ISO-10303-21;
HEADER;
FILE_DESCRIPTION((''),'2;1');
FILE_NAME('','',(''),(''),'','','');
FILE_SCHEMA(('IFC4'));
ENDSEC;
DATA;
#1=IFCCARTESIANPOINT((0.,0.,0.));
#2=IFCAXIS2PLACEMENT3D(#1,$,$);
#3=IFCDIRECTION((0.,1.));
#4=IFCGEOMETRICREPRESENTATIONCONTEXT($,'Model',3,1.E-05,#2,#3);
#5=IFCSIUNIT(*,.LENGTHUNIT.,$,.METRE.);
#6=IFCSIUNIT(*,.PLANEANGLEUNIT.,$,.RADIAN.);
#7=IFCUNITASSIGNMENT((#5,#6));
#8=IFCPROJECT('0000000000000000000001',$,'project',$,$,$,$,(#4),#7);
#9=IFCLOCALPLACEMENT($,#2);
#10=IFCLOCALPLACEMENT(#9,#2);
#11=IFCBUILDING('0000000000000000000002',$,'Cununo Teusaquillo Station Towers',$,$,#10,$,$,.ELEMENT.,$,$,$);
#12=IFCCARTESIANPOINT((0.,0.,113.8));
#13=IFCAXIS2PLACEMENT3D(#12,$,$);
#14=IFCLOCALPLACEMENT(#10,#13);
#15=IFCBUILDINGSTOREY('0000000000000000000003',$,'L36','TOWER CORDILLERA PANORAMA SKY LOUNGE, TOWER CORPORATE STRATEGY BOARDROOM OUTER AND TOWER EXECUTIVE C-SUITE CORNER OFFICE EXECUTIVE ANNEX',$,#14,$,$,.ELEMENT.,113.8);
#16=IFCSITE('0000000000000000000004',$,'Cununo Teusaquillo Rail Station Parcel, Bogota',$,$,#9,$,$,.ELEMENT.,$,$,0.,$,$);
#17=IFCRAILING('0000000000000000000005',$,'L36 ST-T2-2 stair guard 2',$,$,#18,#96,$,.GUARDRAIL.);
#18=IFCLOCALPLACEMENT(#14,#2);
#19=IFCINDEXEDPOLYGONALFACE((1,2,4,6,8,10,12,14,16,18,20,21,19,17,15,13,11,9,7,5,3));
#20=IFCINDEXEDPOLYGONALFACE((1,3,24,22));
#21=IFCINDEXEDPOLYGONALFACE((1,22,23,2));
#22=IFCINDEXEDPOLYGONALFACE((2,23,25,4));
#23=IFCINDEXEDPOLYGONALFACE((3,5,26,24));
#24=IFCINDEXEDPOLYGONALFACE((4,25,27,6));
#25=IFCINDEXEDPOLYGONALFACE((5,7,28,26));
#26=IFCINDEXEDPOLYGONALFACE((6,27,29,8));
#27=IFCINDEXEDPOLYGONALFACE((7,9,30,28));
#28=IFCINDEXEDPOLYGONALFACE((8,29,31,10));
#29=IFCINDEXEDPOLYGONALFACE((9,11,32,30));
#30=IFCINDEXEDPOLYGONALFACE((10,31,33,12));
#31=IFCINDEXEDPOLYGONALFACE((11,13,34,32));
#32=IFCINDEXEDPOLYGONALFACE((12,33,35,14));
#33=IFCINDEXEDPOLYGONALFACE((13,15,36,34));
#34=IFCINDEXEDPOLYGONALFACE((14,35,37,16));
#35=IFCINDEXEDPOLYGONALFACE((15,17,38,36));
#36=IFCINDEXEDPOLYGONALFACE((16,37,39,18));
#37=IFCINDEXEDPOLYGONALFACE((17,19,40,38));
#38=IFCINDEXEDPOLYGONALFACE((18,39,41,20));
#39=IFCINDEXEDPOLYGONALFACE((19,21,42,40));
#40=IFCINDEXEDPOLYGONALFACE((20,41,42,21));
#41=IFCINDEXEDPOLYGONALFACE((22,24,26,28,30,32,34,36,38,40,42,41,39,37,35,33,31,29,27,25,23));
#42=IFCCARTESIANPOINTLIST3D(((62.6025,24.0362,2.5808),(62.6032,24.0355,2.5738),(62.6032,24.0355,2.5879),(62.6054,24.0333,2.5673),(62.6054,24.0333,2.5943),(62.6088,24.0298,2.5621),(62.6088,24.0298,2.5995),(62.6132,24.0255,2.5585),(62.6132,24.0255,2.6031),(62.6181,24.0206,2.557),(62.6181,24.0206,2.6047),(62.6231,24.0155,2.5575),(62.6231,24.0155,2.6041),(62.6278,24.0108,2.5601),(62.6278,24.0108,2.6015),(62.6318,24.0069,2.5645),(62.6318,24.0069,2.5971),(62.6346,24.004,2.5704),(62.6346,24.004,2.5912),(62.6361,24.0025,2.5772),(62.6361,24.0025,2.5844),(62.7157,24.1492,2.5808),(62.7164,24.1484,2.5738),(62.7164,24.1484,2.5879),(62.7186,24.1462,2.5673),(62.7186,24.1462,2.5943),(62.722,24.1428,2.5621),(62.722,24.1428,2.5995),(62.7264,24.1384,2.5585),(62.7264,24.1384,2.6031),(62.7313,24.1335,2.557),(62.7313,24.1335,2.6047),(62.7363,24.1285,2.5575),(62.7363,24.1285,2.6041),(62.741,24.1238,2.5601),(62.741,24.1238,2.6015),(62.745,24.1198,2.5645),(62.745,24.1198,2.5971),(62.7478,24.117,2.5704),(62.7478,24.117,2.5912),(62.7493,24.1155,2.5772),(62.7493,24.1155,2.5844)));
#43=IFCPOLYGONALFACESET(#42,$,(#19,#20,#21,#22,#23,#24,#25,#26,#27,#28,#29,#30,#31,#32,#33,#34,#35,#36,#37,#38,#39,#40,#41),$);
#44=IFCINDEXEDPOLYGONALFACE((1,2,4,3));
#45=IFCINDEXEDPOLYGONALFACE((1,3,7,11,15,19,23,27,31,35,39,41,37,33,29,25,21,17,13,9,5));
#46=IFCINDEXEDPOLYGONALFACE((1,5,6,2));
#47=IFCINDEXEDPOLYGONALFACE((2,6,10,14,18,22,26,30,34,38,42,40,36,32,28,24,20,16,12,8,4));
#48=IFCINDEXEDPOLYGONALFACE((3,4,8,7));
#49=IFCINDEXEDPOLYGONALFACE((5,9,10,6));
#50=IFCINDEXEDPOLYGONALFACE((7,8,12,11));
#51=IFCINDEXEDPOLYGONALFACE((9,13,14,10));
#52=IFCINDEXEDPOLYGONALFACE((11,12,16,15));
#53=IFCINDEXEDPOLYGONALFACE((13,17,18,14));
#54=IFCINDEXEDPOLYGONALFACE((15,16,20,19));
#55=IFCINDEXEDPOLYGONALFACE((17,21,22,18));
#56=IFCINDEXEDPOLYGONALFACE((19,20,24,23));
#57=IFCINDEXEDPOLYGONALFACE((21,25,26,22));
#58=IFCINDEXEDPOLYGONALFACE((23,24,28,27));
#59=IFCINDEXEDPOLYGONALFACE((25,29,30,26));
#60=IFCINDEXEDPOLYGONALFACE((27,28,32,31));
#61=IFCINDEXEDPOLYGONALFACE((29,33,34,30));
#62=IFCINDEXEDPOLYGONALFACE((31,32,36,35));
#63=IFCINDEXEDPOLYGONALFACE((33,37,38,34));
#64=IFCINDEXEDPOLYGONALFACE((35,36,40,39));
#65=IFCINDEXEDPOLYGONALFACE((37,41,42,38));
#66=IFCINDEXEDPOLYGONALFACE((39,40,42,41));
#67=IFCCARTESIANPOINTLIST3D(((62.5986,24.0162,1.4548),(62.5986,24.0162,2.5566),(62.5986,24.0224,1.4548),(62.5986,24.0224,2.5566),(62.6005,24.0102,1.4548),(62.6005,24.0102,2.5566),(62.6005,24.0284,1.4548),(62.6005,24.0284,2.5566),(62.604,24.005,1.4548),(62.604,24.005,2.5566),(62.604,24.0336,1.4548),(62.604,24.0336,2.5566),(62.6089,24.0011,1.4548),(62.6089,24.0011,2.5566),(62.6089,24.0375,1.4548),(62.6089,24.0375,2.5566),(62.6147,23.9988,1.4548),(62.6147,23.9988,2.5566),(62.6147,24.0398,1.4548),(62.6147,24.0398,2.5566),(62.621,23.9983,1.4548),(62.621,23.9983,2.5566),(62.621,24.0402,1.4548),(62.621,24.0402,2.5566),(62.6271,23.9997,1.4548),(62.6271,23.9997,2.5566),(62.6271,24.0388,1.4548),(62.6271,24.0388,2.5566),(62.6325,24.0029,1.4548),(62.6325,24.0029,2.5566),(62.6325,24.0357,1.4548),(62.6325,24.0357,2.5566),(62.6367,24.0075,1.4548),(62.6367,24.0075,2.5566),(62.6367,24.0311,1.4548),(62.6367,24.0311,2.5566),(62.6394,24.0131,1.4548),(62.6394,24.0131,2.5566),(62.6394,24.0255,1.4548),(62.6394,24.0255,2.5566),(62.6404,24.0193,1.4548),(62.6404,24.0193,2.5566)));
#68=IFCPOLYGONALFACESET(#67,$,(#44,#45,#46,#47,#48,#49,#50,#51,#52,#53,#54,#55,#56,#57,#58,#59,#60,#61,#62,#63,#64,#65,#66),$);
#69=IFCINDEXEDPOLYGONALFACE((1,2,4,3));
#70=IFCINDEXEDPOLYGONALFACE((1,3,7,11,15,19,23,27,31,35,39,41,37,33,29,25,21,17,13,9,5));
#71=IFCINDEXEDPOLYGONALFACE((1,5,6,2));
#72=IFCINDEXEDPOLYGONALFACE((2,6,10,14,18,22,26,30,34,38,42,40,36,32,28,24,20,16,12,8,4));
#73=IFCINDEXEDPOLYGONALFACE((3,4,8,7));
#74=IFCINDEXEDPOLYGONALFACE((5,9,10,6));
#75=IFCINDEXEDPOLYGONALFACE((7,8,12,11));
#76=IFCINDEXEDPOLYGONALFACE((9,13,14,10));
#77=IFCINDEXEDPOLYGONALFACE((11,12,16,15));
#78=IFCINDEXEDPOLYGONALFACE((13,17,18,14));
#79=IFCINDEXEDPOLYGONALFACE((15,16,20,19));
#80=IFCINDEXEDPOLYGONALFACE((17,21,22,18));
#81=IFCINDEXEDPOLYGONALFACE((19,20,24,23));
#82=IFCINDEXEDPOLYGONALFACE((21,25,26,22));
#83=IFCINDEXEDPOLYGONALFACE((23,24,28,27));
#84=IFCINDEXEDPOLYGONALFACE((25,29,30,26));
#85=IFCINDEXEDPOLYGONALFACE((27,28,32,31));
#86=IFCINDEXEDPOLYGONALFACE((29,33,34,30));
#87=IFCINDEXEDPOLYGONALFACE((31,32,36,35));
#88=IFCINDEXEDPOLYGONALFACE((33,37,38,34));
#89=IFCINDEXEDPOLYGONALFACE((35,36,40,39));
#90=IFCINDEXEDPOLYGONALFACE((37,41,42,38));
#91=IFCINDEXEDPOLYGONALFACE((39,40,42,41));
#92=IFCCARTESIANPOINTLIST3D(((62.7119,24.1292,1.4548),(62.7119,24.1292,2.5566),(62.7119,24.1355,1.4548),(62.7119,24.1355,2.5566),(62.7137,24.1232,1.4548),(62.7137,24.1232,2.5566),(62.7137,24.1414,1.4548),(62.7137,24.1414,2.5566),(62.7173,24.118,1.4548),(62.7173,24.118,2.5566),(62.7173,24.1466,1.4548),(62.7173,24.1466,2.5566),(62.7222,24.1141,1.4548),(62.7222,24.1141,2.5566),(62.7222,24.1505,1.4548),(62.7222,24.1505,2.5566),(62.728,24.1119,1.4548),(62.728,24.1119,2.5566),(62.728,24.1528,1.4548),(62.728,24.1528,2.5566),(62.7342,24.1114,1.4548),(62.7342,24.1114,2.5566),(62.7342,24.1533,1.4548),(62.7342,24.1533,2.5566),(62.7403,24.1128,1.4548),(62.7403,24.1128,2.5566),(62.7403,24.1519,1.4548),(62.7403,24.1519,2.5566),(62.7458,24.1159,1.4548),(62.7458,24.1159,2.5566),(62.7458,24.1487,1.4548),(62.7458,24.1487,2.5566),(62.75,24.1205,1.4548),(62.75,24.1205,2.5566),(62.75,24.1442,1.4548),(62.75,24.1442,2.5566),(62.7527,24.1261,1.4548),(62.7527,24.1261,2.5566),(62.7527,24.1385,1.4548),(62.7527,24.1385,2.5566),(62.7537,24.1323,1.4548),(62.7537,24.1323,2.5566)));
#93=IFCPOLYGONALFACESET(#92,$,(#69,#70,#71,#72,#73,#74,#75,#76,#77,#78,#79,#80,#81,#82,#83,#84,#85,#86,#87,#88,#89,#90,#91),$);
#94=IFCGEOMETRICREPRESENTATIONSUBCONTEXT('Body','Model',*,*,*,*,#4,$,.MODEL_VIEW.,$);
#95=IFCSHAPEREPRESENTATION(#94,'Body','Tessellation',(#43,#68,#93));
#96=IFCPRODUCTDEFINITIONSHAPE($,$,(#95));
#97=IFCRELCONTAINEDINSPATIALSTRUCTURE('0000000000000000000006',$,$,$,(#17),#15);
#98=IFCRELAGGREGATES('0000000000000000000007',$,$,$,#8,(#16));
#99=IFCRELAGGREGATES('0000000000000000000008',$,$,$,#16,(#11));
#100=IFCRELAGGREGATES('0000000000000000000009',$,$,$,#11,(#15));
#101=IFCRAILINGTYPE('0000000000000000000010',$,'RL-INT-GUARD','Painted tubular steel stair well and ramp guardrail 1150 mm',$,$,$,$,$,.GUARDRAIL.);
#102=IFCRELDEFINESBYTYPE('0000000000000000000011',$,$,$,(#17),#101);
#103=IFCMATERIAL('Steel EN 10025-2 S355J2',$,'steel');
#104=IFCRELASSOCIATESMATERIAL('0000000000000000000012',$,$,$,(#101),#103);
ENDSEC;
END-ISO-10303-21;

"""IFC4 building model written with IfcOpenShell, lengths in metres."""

from ifc_helpers import new_model, si_unit, direction, frame, origin, origin_2d, place, context, subcontext, project, spatial, circle, extrude, material, type_object, element, save


model = new_model("IFC4")

# Units and contexts
model_context = context("Model", 3, precision=1e-05, world=origin(), true_north=direction((0.0, 1.0)))
body_context = subcontext(model_context, "Body", "Model", "MODEL_VIEW")
ifc_project = project(units=[si_unit("LENGTHUNIT", "METRE"), si_unit("PLANEANGLEUNIT", "RADIAN")], contexts=[model_context])

# Site, building, storey
site_placement = place(None, origin())
site = spatial("IfcSite", under=ifc_project, at=site_placement, Name="Cununo Teusaquillo Rail Station Parcel, Bogota", CompositionType="ELEMENT", RefElevation=0.0)
building_placement = place(site_placement, origin())
building = spatial("IfcBuilding", under=site, at=building_placement, Name="Cununo Teusaquillo Station Towers", CompositionType="ELEMENT")
storey_placement = place(building_placement, frame((0.0, 0.0, 113.8)))
storey = spatial("IfcBuildingStorey", under=building, at=storey_placement, Name="L36", Description="TOWER CORDILLERA PANORAMA SKY LOUNGE, TOWER CORPORATE STRATEGY BOARDROOM OUTER AND TOWER EXECUTIVE C-SUITE CORNER OFFICE EXECUTIVE ANNEX", CompositionType="ELEMENT", Elevation=113.8)

# Railing
ifc_material_1 = material(Name="Steel EN 10025-2 S355J2", Category="steel")
railing_type_1 = type_object("IfcRailingType", Name="RL-INT-GUARD", Description="Painted tubular steel stair well and ramp guardrail 1150 mm", PredefinedType="GUARDRAIL", material=ifc_material_1)
railing_1_placement = place(storey_placement, frame((62.6194, 24.0193, 1.4548)))
element("IfcRailing", 1, at=railing_1_placement, inside=storey, type_object=railing_type_1, Name="L36 ST-T2-2 stair guard 2", PredefinedType="GUARDRAIL", context=body_context, shape_type="SweptSolid", body=[
    extrude(circle(Radius=0.0239, at=origin_2d()), frame((0.0, 0.0, 1.126), z_axis=(0.707869, 0.706344, 0.0), x_axis=(-0.706344, 0.707869, 0.0)), (0.0, 0.0, 1.0), 0.1599),
    extrude(circle(Radius=0.021, at=origin_2d()), origin(), (0.0, 0.0, 1.0), 1.1018),
    extrude(circle(Radius=0.021, at=origin_2d()), frame((0.1133, 0.113, 0.0)), (0.0, 0.0, 1.0), 1.1018),
])

save(model, "model.ifc")
